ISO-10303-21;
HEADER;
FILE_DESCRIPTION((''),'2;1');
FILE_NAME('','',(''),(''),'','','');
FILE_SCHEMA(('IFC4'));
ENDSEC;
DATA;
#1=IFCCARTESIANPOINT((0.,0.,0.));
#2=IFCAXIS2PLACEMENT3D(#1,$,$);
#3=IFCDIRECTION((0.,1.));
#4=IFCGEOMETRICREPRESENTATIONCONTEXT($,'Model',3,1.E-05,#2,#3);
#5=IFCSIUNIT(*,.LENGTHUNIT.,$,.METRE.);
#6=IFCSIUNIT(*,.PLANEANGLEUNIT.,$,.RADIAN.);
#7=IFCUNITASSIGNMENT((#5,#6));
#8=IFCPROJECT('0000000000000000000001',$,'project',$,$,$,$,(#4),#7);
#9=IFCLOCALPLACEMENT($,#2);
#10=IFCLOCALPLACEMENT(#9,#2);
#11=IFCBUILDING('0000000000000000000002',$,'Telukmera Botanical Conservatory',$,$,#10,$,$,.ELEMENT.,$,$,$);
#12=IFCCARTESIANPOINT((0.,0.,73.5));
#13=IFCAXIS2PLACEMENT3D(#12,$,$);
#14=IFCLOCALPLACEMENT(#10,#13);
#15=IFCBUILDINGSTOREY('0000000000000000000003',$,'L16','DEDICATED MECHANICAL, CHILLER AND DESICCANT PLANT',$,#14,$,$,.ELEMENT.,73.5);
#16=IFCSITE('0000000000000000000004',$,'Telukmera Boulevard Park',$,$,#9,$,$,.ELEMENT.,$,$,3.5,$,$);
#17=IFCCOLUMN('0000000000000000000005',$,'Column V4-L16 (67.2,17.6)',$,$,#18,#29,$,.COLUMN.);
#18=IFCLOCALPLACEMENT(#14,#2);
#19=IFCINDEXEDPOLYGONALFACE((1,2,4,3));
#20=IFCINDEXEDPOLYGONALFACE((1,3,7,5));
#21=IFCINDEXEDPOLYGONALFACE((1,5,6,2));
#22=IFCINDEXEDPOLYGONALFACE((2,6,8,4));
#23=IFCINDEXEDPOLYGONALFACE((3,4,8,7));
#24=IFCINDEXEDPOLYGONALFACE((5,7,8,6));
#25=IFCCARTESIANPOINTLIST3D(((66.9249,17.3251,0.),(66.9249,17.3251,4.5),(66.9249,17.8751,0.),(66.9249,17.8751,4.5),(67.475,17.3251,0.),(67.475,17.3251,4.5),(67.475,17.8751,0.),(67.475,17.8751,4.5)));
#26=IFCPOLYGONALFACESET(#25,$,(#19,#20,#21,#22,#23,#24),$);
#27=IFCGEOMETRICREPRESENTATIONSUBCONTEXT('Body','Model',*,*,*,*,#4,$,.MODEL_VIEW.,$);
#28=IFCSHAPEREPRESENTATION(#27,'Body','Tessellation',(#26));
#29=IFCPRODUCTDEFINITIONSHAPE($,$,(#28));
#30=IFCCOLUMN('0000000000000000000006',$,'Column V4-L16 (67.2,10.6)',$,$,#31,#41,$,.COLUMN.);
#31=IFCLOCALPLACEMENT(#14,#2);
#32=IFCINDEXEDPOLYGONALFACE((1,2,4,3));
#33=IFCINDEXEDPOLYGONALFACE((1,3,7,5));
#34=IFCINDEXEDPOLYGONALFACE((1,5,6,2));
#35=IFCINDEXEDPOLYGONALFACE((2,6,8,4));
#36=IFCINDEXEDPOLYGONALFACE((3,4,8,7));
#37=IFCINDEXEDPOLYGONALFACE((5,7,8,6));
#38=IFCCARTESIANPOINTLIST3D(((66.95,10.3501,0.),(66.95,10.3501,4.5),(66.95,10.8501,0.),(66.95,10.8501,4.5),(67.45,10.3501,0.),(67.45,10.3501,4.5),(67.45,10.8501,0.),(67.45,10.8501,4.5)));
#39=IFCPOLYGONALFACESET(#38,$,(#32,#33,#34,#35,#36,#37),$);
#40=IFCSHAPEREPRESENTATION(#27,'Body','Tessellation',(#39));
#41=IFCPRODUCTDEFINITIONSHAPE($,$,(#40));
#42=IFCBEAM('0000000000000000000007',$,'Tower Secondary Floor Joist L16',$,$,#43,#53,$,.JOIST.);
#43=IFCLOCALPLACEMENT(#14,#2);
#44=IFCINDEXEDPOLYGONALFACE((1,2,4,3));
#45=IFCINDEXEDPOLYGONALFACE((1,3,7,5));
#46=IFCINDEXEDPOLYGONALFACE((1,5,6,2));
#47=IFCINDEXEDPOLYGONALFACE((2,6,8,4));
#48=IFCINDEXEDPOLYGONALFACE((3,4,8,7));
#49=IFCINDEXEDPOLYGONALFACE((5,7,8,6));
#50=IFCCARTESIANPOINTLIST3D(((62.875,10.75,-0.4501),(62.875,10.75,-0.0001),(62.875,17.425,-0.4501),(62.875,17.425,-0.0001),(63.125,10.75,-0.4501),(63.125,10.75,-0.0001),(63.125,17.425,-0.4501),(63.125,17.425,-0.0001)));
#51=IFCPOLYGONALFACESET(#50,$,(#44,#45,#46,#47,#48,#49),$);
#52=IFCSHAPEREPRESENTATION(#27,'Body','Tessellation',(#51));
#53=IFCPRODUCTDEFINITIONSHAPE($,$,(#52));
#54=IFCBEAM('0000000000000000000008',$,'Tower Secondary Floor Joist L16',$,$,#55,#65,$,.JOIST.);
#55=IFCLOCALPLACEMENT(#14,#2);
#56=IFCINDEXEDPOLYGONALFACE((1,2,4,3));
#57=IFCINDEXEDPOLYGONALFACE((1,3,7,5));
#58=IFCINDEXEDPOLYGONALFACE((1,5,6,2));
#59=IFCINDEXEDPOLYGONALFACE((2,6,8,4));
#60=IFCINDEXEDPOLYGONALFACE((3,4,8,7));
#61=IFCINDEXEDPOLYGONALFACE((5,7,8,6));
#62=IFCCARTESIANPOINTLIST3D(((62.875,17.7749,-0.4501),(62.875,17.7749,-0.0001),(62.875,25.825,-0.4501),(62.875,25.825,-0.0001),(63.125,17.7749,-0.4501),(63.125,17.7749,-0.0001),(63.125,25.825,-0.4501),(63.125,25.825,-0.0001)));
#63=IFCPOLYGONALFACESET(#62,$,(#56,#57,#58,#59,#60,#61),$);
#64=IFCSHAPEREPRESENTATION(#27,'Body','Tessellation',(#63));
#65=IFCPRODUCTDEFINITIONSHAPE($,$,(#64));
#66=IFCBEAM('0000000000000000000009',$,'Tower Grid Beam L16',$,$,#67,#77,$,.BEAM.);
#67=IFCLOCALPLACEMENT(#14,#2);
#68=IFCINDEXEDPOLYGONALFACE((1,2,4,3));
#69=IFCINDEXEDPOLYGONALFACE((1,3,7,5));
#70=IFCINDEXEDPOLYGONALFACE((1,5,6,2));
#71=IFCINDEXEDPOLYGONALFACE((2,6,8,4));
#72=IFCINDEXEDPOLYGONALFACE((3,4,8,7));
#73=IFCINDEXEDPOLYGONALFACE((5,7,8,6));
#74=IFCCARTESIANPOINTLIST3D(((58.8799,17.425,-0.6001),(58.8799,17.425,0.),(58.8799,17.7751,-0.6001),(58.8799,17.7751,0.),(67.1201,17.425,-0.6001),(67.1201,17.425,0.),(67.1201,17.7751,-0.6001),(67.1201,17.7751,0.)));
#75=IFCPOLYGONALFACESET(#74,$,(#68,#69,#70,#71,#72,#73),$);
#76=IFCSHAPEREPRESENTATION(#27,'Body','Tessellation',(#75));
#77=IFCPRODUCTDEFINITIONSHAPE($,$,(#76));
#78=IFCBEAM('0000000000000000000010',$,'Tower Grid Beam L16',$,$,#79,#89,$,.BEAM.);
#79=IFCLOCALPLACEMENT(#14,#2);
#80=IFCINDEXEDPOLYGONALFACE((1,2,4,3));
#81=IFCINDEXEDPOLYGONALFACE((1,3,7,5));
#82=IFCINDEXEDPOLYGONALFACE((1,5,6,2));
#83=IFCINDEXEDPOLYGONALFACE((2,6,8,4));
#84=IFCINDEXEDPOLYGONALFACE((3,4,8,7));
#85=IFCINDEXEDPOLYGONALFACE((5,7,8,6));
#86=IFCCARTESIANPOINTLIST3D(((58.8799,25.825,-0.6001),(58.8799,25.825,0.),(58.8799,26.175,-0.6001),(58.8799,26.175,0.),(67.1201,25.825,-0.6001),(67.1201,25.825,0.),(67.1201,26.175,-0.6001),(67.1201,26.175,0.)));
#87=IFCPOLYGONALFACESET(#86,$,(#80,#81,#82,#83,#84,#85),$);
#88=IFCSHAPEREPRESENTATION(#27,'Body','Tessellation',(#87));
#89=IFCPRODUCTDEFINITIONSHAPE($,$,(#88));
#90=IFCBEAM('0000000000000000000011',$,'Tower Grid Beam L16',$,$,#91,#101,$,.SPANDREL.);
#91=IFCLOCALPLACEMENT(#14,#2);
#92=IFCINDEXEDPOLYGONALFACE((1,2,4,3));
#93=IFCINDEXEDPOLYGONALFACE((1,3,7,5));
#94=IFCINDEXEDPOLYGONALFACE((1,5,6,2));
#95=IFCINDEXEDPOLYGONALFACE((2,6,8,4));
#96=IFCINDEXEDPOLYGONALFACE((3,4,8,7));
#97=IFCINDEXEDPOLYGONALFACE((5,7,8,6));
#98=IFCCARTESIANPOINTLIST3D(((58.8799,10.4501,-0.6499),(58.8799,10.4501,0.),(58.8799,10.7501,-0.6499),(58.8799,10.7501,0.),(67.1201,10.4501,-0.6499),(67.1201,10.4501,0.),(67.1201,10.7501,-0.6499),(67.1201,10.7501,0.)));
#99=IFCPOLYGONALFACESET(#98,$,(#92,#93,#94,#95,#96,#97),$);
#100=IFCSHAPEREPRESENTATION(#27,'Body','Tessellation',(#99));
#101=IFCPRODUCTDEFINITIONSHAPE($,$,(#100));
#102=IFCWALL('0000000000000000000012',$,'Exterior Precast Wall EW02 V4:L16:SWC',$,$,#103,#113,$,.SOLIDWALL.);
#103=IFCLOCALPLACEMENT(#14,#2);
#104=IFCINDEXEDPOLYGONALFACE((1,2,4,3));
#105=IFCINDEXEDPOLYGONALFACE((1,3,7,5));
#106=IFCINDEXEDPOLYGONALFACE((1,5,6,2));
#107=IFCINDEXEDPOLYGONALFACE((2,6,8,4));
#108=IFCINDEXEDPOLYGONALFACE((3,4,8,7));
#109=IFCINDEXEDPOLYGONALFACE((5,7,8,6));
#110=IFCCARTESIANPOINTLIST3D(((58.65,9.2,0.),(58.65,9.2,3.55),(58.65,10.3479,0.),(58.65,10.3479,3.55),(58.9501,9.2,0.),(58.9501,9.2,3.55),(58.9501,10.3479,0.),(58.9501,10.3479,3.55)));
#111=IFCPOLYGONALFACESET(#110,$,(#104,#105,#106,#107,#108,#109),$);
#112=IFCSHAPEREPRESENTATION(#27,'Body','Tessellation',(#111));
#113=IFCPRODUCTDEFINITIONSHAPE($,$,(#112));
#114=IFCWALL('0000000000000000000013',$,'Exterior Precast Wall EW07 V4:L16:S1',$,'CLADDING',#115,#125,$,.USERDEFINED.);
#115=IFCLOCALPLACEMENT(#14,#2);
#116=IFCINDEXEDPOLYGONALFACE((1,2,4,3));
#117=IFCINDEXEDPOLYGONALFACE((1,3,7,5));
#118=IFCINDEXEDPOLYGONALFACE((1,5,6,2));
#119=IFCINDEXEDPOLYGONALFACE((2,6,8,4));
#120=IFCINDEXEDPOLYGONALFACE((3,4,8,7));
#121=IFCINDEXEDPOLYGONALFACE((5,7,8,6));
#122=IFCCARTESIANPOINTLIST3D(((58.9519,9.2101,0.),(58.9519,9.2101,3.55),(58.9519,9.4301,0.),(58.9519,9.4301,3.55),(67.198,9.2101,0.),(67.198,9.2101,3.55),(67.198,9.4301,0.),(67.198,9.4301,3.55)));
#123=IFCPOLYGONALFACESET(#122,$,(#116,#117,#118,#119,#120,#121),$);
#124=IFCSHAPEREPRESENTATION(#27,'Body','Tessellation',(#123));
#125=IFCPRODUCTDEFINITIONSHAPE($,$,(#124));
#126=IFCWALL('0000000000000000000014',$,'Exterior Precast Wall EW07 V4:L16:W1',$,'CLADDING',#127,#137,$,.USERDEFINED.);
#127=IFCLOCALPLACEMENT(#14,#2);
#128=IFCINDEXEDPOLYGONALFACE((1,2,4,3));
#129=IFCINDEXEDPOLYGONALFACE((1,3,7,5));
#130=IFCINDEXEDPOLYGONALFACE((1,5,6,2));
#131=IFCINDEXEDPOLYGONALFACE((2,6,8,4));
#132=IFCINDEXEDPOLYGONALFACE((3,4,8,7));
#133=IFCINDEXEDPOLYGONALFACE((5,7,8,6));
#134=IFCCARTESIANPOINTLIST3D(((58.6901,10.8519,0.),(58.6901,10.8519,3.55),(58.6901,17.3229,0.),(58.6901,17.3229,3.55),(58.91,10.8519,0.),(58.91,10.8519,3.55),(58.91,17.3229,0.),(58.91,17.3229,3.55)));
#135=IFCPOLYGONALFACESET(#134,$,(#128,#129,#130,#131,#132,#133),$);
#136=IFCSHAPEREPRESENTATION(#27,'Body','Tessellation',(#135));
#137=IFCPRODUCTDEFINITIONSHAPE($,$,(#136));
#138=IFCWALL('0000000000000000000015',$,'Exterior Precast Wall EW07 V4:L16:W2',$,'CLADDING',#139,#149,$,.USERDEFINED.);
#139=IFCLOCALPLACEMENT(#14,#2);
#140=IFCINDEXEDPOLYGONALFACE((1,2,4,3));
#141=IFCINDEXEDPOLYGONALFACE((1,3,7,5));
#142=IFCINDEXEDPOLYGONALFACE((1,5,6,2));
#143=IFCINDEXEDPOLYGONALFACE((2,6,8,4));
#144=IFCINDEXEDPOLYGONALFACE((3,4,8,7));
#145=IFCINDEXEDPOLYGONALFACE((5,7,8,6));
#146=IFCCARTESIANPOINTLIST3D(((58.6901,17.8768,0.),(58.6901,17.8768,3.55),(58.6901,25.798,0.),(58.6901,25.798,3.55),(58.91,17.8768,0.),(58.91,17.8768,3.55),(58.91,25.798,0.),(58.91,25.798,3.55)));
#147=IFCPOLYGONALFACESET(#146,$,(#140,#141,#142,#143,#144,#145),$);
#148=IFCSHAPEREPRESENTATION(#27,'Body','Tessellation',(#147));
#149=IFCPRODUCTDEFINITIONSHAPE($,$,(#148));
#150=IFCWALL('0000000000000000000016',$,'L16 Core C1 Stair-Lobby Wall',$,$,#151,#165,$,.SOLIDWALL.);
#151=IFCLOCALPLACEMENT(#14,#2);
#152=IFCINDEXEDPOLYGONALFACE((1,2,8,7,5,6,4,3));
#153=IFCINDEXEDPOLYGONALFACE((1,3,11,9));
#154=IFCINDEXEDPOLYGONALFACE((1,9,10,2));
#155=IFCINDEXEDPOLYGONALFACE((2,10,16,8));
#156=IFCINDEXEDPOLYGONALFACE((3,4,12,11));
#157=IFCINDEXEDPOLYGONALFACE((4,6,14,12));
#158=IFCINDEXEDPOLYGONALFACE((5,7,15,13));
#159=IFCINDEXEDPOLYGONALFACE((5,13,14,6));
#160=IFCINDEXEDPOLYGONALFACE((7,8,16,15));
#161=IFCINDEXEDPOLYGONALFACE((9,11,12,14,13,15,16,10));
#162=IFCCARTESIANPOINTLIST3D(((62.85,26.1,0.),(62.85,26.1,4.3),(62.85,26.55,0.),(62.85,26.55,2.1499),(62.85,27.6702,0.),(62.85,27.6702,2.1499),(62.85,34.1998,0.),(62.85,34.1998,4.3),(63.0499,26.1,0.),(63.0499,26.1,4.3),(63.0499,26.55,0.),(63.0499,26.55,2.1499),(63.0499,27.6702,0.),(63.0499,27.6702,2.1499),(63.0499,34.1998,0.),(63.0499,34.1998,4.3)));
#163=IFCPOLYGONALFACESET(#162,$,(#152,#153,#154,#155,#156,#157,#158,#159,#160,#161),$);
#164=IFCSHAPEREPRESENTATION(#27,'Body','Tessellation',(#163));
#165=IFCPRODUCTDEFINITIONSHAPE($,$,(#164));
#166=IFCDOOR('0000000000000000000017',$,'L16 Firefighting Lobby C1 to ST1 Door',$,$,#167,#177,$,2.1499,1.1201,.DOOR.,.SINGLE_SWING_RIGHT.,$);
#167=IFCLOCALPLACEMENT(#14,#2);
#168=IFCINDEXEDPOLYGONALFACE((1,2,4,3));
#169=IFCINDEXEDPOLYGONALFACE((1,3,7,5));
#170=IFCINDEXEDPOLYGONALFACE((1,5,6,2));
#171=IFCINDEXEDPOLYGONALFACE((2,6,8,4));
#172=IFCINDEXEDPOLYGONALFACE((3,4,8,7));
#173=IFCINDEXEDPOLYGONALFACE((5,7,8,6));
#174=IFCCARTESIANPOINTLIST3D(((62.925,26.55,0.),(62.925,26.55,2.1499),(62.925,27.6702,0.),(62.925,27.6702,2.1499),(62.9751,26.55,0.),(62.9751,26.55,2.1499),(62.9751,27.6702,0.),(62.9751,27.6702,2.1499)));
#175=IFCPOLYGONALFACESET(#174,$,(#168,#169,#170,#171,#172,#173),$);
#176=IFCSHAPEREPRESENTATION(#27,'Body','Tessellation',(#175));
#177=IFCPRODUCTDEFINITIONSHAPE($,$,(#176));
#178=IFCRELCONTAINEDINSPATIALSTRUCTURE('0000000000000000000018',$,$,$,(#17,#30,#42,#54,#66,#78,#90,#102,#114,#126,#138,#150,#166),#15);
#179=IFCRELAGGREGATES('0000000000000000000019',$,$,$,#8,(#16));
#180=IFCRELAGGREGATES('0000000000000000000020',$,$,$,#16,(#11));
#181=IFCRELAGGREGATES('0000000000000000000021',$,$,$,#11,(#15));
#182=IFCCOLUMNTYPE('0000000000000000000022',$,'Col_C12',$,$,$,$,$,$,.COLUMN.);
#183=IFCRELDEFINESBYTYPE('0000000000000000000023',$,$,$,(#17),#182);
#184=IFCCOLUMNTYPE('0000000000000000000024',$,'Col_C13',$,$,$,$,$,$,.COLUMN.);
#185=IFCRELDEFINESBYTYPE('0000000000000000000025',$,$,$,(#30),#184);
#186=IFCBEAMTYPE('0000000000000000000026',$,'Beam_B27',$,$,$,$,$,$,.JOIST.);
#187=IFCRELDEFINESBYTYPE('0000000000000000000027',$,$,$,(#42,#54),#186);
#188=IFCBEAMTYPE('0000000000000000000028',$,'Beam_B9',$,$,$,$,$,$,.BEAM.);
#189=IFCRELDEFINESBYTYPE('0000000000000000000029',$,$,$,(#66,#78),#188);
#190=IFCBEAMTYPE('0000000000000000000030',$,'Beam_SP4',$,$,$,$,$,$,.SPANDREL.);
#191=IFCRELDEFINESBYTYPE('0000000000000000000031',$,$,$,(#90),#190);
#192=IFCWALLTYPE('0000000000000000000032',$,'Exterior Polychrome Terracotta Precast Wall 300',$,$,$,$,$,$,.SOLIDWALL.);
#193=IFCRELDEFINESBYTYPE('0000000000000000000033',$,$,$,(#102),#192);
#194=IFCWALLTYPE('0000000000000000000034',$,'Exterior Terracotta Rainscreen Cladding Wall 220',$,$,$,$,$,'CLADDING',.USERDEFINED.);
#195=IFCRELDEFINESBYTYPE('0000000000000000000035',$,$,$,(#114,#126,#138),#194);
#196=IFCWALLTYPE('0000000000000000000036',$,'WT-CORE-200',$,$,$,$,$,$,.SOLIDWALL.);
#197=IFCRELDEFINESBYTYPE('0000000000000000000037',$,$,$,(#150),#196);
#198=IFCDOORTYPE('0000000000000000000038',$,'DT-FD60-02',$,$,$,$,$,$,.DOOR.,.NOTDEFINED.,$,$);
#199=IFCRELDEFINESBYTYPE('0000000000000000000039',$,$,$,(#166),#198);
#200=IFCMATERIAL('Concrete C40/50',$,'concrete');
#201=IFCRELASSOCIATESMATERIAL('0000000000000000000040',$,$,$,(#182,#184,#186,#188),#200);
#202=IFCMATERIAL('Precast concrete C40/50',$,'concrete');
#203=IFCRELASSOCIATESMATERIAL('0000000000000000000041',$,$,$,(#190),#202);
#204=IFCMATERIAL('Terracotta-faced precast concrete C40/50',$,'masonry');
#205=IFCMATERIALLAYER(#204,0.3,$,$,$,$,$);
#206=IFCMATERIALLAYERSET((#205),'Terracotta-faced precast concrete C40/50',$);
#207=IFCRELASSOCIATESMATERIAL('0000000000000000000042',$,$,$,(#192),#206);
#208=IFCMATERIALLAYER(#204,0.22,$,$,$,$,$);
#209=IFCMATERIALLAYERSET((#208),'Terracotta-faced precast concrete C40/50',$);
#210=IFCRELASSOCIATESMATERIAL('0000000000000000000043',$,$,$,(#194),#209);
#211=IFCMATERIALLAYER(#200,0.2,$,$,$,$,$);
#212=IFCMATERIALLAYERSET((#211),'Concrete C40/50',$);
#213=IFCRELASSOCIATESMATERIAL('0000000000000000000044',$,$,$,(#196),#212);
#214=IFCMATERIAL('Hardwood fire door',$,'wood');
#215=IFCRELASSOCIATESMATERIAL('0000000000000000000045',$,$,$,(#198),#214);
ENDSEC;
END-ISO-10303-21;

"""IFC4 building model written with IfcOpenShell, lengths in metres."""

from ifc_helpers import new_model, si_unit, direction, frame, frame_2d, origin, origin_2d, place, context, subcontext, project, spatial, rectangle, extrude, material, layer, layer_set, material_profile, profile_set, type_object, element, fill, save


model = new_model("IFC4")

# Units and contexts
model_context = context("Model", 3, precision=1e-05, world=origin(), true_north=direction((0.0, 1.0)))
body_context = subcontext(model_context, "Body", "Model", "MODEL_VIEW")
ifc_project = project(units=[si_unit("LENGTHUNIT", "METRE"), si_unit("PLANEANGLEUNIT", "RADIAN")], contexts=[model_context])

# Site, building, storey
site_placement = place(None, origin())
site = spatial("IfcSite", under=ifc_project, at=site_placement, Name="Telukmera Boulevard Park", CompositionType="ELEMENT", RefElevation=3.5)
building_placement = place(site_placement, origin())
building = spatial("IfcBuilding", under=site, at=building_placement, Name="Telukmera Botanical Conservatory", CompositionType="ELEMENT")
storey_placement = place(building_placement, frame((0.0, 0.0, 73.5)))
storey = spatial("IfcBuildingStorey", under=building, at=storey_placement, Name="L16", Description="DEDICATED MECHANICAL, CHILLER AND DESICCANT PLANT", CompositionType="ELEMENT", Elevation=73.5)

# Columns
ifc_material_1 = material(Name="Concrete C40/50", Category="concrete")
ifc_material_profile_1 = material_profile(ifc_material_1, rectangle(XDim=0.55, YDim=0.55, at=origin_2d()), Name="RC 550x550")
ifc_profile_set_1 = profile_set([ifc_material_profile_1], Name="Concrete C40/50")
column_type_1 = type_object("IfcColumnType", Name="Col_C12", PredefinedType="COLUMN", material=ifc_profile_set_1)
column_1_placement = place(storey_placement, frame((67.2, 17.6001, 0.0), z_axis=(0.0, 0.0, 1.0), x_axis=(1.0, 0.0, 0.0)))
element("IfcColumn", 1, at=column_1_placement, inside=storey, type_object=column_type_1, Name="Column V4-L16 (67.2,17.6)", PredefinedType="COLUMN", context=body_context, shape_type="SweptSolid", body=[
    extrude(rectangle(XDim=0.55, YDim=0.55, at=origin_2d()), origin(), (0.0, 0.0, 1.0), 4.5),
])
ifc_material_profile_2 = material_profile(ifc_material_1, rectangle(XDim=0.5, YDim=0.5, at=origin_2d()), Name="RC 500x500")
ifc_profile_set_2 = profile_set([ifc_material_profile_2], Name="Concrete C40/50")
column_type_2 = type_object("IfcColumnType", Name="Col_C13", PredefinedType="COLUMN", material=ifc_profile_set_2)
column_2_placement = place(storey_placement, frame((67.2, 10.6001, 0.0), z_axis=(0.0, 0.0, 1.0), x_axis=(1.0, 0.0, 0.0)))
element("IfcColumn", 2, at=column_2_placement, inside=storey, type_object=column_type_2, Name="Column V4-L16 (67.2,10.6)", PredefinedType="COLUMN", context=body_context, shape_type="SweptSolid", body=[
    extrude(rectangle(XDim=0.5, YDim=0.5, at=origin_2d()), origin(), (0.0, 0.0, 1.0), 4.5),
])

# Beams
ifc_material_profile_3 = material_profile(ifc_material_1, rectangle(XDim=0.25, YDim=0.45, at=origin_2d()), Name="RC 250x450")
ifc_profile_set_3 = profile_set([ifc_material_profile_3], Name="Concrete C40/50")
beam_type_1 = type_object("IfcBeamType", Name="Beam_B27", PredefinedType="JOIST", material=ifc_profile_set_3)
beam_1_placement = place(storey_placement, frame((63.0, 10.75, -0.2251), z_axis=(0.0, 1.0, 0.0), x_axis=(-1.0, 0.0, 0.0)))
element("IfcBeam", 3, at=beam_1_placement, inside=storey, type_object=beam_type_1, Name="Tower Secondary Floor Joist L16", PredefinedType="JOIST", context=body_context, shape_type="SweptSolid", body=[
    extrude(rectangle(XDim=0.25, YDim=0.45, at=origin_2d()), origin(), (0.0, 0.0, 1.0), 6.675),
])
beam_2_placement = place(storey_placement, frame((63.0, 17.7749, -0.2251), z_axis=(0.0, 1.0, 0.0), x_axis=(-1.0, 0.0, 0.0)))
element("IfcBeam", 4, at=beam_2_placement, inside=storey, type_object=beam_type_1, Name="Tower Secondary Floor Joist L16", PredefinedType="JOIST", context=body_context, shape_type="SweptSolid", body=[
    extrude(rectangle(XDim=0.25, YDim=0.45, at=origin_2d()), origin(), (0.0, 0.0, 1.0), 8.05),
])
ifc_material_profile_4 = material_profile(ifc_material_1, rectangle(XDim=0.3501, YDim=0.6001, at=origin_2d()), Name="RC 350x600")
ifc_profile_set_4 = profile_set([ifc_material_profile_4], Name="Concrete C40/50")
beam_type_2 = type_object("IfcBeamType", Name="Beam_B9", PredefinedType="BEAM", material=ifc_profile_set_4)
for number, where, z_axis, x_axis, name in (
    (5, (58.8799, 17.6001, -0.3), (1.0, 0.0, 0.0), (0.0, 1.0, 0.0), "Tower Grid Beam L16"),
    (6, (58.8799, 26.0, -0.3), (1.0, 0.0, 0.0), (0.0, 1.0, 0.0), "Tower Grid Beam L16"),
):
    element("IfcBeam", number, at=place(storey_placement, frame(where, z_axis=z_axis, x_axis=x_axis)), inside=storey, type_object=beam_type_2, Name=name, PredefinedType="BEAM", context=body_context, shape_type="SweptSolid", body=[
        extrude(rectangle(XDim=0.3501, YDim=0.6001, at=origin_2d()), origin(), (0.0, 0.0, 1.0), 8.2402),
    ])
ifc_material_2 = material(Name="Precast concrete C40/50", Category="concrete")
ifc_material_profile_5 = material_profile(ifc_material_2, rectangle(XDim=0.3, YDim=0.6499, at=origin_2d()), Name="PC 300x650")
ifc_profile_set_5 = profile_set([ifc_material_profile_5], Name="Precast concrete C40/50")
beam_type_3 = type_object("IfcBeamType", Name="Beam_SP4", PredefinedType="SPANDREL", material=ifc_profile_set_5)
beam_3_placement = place(storey_placement, frame((58.8799, 10.6001, -0.325), z_axis=(1.0, 0.0, 0.0), x_axis=(0.0, 1.0, 0.0)))
element("IfcBeam", 7, at=beam_3_placement, inside=storey, type_object=beam_type_3, Name="Tower Grid Beam L16", PredefinedType="SPANDREL", context=body_context, shape_type="SweptSolid", body=[
    extrude(rectangle(XDim=0.3, YDim=0.6499, at=origin_2d()), origin(), (0.0, 0.0, 1.0), 8.2402),
])

# Walls
ifc_material_3 = material(Name="Terracotta-faced precast concrete C40/50", Category="masonry")
ifc_layer_1 = layer(ifc_material_3, 0.3)
ifc_layer_set_1 = layer_set([ifc_layer_1], Name="Terracotta-faced precast concrete C40/50")
wall_type_1 = type_object("IfcWallType", Name="Exterior Polychrome Terracotta Precast Wall 300", PredefinedType="SOLIDWALL", material=ifc_layer_set_1)
wall_1_placement = place(storey_placement, frame((58.8, 9.2, 0.0), z_axis=(0.0, 0.0, 1.0), x_axis=(0.0, 1.0, 0.0)))
element("IfcWall", 8, at=wall_1_placement, inside=storey, type_object=wall_type_1, Name="Exterior Precast Wall EW02 V4:L16:SWC", PredefinedType="SOLIDWALL", context=body_context, shape_type="SweptSolid", body=[
    extrude(rectangle(XDim=1.1479, YDim=0.3, at=frame_2d((0.574, 0.0))), origin(), (0.0, 0.0, 1.0), 3.55),
])
ifc_layer_2 = layer(ifc_material_3, 0.22)
ifc_layer_set_2 = layer_set([ifc_layer_2], Name="Terracotta-faced precast concrete C40/50")
wall_type_2 = type_object("IfcWallType", Name="Exterior Terracotta Rainscreen Cladding Wall 220", ElementType="CLADDING", PredefinedType="USERDEFINED", material=ifc_layer_set_2)
wall_2_placement = place(storey_placement, frame((58.9519, 9.3201, 0.0), z_axis=(0.0, 0.0, 1.0), x_axis=(1.0, 0.0, 0.0)))
element("IfcWall", 9, at=wall_2_placement, inside=storey, type_object=wall_type_2, Name="Exterior Precast Wall EW07 V4:L16:S1", ObjectType="CLADDING", PredefinedType="USERDEFINED", context=body_context, shape_type="SweptSolid", body=[
    extrude(rectangle(XDim=8.2461, YDim=0.22, at=frame_2d((4.123, 0.0))), origin(), (0.0, 0.0, 1.0), 3.55),
])
wall_3_placement = place(storey_placement, frame((58.8, 10.8521, 0.0), z_axis=(0.0, 0.0, 1.0), x_axis=(0.0, 1.0, 0.0)))
element("IfcWall", 10, at=wall_3_placement, inside=storey, type_object=wall_type_2, Name="Exterior Precast Wall EW07 V4:L16:W1", ObjectType="CLADDING", PredefinedType="USERDEFINED", context=body_context, shape_type="SweptSolid", body=[
    extrude(rectangle(XDim=6.4709, YDim=0.22, at=frame_2d((3.2354, 0.0))), origin(), (0.0, 0.0, 1.0), 3.55),
])
wall_4_placement = place(storey_placement, frame((58.8, 17.877, 0.0), z_axis=(0.0, 0.0, 1.0), x_axis=(0.0, 1.0, 0.0)))
element("IfcWall", 11, at=wall_4_placement, inside=storey, type_object=wall_type_2, Name="Exterior Precast Wall EW07 V4:L16:W2", ObjectType="CLADDING", PredefinedType="USERDEFINED", context=body_context, shape_type="SweptSolid", body=[
    extrude(rectangle(XDim=7.9211, YDim=0.22, at=frame_2d((3.9604, 0.0))), origin(), (0.0, 0.0, 1.0), 3.55),
])

# Shared definitions
ifc_layer_3 = layer(ifc_material_1, 0.2)
ifc_layer_set_3 = layer_set([ifc_layer_3], Name="Concrete C40/50")
wall_type_3 = type_object("IfcWallType", Name="WT-CORE-200", PredefinedType="SOLIDWALL", material=ifc_layer_set_3)
ifc_material_4 = material(Name="Hardwood fire door", Category="wood")

# Wall, opening, door
wall_5_placement = place(storey_placement, frame((62.95, 26.1001, 0.0), z_axis=(0.0, 0.0, 1.0), x_axis=(0.0, 1.0, 0.0)))
wall_5 = element("IfcWall", 12, at=wall_5_placement, inside=storey, type_object=wall_type_3, Name="L16 Core C1 Stair-Lobby Wall", PredefinedType="SOLIDWALL", context=body_context, shape_type="SweptSolid", body=[
    extrude(rectangle(XDim=8.0999, YDim=0.2, at=frame_2d((4.0498, 0.0))), origin(), (0.0, 0.0, 1.0), 4.3),
])
opening_1_placement = place(wall_5_placement, frame((0.45, 0.0, 0.0)))
opening_1 = element("IfcOpeningElement", 13, at=opening_1_placement, cuts=wall_5, PredefinedType="OPENING", context=body_context, shape_type="SweptSolid", body=[
    extrude(rectangle(XDim=1.1201, YDim=2.1499, at=frame_2d((0.5601, 1.075))), frame((0.0, 0.1099, 0.0), z_axis=(0.0, -1.0, 0.0), x_axis=(1.0, 0.0, 0.0)), (0.0, 0.0, 1.0), 0.22),
])
door_type_1 = type_object("IfcDoorType", Name="DT-FD60-02", OperationType="NOTDEFINED", PredefinedType="DOOR", material=ifc_material_4)
door_1_placement = place(opening_1_placement, origin())
door_1 = element("IfcDoor", 14, at=door_1_placement, inside=storey, type_object=door_type_1, Name="L16 Firefighting Lobby C1 to ST1 Door", OperationType="SINGLE_SWING_RIGHT", OverallHeight=2.1499, OverallWidth=1.1201, PredefinedType="DOOR", context=body_context, shape_type="SweptSolid", body=[
    extrude(rectangle(XDim=1.1201, YDim=2.1499, at=frame_2d((0.5601, 1.075))), frame((0.0, 0.0249, 0.0), z_axis=(0.0, -1.0, 0.0), x_axis=(1.0, 0.0, 0.0)), (0.0, 0.0, 1.0), 0.05),
])
fill(opening_1, door_1)

save(model, "model.ifc")
